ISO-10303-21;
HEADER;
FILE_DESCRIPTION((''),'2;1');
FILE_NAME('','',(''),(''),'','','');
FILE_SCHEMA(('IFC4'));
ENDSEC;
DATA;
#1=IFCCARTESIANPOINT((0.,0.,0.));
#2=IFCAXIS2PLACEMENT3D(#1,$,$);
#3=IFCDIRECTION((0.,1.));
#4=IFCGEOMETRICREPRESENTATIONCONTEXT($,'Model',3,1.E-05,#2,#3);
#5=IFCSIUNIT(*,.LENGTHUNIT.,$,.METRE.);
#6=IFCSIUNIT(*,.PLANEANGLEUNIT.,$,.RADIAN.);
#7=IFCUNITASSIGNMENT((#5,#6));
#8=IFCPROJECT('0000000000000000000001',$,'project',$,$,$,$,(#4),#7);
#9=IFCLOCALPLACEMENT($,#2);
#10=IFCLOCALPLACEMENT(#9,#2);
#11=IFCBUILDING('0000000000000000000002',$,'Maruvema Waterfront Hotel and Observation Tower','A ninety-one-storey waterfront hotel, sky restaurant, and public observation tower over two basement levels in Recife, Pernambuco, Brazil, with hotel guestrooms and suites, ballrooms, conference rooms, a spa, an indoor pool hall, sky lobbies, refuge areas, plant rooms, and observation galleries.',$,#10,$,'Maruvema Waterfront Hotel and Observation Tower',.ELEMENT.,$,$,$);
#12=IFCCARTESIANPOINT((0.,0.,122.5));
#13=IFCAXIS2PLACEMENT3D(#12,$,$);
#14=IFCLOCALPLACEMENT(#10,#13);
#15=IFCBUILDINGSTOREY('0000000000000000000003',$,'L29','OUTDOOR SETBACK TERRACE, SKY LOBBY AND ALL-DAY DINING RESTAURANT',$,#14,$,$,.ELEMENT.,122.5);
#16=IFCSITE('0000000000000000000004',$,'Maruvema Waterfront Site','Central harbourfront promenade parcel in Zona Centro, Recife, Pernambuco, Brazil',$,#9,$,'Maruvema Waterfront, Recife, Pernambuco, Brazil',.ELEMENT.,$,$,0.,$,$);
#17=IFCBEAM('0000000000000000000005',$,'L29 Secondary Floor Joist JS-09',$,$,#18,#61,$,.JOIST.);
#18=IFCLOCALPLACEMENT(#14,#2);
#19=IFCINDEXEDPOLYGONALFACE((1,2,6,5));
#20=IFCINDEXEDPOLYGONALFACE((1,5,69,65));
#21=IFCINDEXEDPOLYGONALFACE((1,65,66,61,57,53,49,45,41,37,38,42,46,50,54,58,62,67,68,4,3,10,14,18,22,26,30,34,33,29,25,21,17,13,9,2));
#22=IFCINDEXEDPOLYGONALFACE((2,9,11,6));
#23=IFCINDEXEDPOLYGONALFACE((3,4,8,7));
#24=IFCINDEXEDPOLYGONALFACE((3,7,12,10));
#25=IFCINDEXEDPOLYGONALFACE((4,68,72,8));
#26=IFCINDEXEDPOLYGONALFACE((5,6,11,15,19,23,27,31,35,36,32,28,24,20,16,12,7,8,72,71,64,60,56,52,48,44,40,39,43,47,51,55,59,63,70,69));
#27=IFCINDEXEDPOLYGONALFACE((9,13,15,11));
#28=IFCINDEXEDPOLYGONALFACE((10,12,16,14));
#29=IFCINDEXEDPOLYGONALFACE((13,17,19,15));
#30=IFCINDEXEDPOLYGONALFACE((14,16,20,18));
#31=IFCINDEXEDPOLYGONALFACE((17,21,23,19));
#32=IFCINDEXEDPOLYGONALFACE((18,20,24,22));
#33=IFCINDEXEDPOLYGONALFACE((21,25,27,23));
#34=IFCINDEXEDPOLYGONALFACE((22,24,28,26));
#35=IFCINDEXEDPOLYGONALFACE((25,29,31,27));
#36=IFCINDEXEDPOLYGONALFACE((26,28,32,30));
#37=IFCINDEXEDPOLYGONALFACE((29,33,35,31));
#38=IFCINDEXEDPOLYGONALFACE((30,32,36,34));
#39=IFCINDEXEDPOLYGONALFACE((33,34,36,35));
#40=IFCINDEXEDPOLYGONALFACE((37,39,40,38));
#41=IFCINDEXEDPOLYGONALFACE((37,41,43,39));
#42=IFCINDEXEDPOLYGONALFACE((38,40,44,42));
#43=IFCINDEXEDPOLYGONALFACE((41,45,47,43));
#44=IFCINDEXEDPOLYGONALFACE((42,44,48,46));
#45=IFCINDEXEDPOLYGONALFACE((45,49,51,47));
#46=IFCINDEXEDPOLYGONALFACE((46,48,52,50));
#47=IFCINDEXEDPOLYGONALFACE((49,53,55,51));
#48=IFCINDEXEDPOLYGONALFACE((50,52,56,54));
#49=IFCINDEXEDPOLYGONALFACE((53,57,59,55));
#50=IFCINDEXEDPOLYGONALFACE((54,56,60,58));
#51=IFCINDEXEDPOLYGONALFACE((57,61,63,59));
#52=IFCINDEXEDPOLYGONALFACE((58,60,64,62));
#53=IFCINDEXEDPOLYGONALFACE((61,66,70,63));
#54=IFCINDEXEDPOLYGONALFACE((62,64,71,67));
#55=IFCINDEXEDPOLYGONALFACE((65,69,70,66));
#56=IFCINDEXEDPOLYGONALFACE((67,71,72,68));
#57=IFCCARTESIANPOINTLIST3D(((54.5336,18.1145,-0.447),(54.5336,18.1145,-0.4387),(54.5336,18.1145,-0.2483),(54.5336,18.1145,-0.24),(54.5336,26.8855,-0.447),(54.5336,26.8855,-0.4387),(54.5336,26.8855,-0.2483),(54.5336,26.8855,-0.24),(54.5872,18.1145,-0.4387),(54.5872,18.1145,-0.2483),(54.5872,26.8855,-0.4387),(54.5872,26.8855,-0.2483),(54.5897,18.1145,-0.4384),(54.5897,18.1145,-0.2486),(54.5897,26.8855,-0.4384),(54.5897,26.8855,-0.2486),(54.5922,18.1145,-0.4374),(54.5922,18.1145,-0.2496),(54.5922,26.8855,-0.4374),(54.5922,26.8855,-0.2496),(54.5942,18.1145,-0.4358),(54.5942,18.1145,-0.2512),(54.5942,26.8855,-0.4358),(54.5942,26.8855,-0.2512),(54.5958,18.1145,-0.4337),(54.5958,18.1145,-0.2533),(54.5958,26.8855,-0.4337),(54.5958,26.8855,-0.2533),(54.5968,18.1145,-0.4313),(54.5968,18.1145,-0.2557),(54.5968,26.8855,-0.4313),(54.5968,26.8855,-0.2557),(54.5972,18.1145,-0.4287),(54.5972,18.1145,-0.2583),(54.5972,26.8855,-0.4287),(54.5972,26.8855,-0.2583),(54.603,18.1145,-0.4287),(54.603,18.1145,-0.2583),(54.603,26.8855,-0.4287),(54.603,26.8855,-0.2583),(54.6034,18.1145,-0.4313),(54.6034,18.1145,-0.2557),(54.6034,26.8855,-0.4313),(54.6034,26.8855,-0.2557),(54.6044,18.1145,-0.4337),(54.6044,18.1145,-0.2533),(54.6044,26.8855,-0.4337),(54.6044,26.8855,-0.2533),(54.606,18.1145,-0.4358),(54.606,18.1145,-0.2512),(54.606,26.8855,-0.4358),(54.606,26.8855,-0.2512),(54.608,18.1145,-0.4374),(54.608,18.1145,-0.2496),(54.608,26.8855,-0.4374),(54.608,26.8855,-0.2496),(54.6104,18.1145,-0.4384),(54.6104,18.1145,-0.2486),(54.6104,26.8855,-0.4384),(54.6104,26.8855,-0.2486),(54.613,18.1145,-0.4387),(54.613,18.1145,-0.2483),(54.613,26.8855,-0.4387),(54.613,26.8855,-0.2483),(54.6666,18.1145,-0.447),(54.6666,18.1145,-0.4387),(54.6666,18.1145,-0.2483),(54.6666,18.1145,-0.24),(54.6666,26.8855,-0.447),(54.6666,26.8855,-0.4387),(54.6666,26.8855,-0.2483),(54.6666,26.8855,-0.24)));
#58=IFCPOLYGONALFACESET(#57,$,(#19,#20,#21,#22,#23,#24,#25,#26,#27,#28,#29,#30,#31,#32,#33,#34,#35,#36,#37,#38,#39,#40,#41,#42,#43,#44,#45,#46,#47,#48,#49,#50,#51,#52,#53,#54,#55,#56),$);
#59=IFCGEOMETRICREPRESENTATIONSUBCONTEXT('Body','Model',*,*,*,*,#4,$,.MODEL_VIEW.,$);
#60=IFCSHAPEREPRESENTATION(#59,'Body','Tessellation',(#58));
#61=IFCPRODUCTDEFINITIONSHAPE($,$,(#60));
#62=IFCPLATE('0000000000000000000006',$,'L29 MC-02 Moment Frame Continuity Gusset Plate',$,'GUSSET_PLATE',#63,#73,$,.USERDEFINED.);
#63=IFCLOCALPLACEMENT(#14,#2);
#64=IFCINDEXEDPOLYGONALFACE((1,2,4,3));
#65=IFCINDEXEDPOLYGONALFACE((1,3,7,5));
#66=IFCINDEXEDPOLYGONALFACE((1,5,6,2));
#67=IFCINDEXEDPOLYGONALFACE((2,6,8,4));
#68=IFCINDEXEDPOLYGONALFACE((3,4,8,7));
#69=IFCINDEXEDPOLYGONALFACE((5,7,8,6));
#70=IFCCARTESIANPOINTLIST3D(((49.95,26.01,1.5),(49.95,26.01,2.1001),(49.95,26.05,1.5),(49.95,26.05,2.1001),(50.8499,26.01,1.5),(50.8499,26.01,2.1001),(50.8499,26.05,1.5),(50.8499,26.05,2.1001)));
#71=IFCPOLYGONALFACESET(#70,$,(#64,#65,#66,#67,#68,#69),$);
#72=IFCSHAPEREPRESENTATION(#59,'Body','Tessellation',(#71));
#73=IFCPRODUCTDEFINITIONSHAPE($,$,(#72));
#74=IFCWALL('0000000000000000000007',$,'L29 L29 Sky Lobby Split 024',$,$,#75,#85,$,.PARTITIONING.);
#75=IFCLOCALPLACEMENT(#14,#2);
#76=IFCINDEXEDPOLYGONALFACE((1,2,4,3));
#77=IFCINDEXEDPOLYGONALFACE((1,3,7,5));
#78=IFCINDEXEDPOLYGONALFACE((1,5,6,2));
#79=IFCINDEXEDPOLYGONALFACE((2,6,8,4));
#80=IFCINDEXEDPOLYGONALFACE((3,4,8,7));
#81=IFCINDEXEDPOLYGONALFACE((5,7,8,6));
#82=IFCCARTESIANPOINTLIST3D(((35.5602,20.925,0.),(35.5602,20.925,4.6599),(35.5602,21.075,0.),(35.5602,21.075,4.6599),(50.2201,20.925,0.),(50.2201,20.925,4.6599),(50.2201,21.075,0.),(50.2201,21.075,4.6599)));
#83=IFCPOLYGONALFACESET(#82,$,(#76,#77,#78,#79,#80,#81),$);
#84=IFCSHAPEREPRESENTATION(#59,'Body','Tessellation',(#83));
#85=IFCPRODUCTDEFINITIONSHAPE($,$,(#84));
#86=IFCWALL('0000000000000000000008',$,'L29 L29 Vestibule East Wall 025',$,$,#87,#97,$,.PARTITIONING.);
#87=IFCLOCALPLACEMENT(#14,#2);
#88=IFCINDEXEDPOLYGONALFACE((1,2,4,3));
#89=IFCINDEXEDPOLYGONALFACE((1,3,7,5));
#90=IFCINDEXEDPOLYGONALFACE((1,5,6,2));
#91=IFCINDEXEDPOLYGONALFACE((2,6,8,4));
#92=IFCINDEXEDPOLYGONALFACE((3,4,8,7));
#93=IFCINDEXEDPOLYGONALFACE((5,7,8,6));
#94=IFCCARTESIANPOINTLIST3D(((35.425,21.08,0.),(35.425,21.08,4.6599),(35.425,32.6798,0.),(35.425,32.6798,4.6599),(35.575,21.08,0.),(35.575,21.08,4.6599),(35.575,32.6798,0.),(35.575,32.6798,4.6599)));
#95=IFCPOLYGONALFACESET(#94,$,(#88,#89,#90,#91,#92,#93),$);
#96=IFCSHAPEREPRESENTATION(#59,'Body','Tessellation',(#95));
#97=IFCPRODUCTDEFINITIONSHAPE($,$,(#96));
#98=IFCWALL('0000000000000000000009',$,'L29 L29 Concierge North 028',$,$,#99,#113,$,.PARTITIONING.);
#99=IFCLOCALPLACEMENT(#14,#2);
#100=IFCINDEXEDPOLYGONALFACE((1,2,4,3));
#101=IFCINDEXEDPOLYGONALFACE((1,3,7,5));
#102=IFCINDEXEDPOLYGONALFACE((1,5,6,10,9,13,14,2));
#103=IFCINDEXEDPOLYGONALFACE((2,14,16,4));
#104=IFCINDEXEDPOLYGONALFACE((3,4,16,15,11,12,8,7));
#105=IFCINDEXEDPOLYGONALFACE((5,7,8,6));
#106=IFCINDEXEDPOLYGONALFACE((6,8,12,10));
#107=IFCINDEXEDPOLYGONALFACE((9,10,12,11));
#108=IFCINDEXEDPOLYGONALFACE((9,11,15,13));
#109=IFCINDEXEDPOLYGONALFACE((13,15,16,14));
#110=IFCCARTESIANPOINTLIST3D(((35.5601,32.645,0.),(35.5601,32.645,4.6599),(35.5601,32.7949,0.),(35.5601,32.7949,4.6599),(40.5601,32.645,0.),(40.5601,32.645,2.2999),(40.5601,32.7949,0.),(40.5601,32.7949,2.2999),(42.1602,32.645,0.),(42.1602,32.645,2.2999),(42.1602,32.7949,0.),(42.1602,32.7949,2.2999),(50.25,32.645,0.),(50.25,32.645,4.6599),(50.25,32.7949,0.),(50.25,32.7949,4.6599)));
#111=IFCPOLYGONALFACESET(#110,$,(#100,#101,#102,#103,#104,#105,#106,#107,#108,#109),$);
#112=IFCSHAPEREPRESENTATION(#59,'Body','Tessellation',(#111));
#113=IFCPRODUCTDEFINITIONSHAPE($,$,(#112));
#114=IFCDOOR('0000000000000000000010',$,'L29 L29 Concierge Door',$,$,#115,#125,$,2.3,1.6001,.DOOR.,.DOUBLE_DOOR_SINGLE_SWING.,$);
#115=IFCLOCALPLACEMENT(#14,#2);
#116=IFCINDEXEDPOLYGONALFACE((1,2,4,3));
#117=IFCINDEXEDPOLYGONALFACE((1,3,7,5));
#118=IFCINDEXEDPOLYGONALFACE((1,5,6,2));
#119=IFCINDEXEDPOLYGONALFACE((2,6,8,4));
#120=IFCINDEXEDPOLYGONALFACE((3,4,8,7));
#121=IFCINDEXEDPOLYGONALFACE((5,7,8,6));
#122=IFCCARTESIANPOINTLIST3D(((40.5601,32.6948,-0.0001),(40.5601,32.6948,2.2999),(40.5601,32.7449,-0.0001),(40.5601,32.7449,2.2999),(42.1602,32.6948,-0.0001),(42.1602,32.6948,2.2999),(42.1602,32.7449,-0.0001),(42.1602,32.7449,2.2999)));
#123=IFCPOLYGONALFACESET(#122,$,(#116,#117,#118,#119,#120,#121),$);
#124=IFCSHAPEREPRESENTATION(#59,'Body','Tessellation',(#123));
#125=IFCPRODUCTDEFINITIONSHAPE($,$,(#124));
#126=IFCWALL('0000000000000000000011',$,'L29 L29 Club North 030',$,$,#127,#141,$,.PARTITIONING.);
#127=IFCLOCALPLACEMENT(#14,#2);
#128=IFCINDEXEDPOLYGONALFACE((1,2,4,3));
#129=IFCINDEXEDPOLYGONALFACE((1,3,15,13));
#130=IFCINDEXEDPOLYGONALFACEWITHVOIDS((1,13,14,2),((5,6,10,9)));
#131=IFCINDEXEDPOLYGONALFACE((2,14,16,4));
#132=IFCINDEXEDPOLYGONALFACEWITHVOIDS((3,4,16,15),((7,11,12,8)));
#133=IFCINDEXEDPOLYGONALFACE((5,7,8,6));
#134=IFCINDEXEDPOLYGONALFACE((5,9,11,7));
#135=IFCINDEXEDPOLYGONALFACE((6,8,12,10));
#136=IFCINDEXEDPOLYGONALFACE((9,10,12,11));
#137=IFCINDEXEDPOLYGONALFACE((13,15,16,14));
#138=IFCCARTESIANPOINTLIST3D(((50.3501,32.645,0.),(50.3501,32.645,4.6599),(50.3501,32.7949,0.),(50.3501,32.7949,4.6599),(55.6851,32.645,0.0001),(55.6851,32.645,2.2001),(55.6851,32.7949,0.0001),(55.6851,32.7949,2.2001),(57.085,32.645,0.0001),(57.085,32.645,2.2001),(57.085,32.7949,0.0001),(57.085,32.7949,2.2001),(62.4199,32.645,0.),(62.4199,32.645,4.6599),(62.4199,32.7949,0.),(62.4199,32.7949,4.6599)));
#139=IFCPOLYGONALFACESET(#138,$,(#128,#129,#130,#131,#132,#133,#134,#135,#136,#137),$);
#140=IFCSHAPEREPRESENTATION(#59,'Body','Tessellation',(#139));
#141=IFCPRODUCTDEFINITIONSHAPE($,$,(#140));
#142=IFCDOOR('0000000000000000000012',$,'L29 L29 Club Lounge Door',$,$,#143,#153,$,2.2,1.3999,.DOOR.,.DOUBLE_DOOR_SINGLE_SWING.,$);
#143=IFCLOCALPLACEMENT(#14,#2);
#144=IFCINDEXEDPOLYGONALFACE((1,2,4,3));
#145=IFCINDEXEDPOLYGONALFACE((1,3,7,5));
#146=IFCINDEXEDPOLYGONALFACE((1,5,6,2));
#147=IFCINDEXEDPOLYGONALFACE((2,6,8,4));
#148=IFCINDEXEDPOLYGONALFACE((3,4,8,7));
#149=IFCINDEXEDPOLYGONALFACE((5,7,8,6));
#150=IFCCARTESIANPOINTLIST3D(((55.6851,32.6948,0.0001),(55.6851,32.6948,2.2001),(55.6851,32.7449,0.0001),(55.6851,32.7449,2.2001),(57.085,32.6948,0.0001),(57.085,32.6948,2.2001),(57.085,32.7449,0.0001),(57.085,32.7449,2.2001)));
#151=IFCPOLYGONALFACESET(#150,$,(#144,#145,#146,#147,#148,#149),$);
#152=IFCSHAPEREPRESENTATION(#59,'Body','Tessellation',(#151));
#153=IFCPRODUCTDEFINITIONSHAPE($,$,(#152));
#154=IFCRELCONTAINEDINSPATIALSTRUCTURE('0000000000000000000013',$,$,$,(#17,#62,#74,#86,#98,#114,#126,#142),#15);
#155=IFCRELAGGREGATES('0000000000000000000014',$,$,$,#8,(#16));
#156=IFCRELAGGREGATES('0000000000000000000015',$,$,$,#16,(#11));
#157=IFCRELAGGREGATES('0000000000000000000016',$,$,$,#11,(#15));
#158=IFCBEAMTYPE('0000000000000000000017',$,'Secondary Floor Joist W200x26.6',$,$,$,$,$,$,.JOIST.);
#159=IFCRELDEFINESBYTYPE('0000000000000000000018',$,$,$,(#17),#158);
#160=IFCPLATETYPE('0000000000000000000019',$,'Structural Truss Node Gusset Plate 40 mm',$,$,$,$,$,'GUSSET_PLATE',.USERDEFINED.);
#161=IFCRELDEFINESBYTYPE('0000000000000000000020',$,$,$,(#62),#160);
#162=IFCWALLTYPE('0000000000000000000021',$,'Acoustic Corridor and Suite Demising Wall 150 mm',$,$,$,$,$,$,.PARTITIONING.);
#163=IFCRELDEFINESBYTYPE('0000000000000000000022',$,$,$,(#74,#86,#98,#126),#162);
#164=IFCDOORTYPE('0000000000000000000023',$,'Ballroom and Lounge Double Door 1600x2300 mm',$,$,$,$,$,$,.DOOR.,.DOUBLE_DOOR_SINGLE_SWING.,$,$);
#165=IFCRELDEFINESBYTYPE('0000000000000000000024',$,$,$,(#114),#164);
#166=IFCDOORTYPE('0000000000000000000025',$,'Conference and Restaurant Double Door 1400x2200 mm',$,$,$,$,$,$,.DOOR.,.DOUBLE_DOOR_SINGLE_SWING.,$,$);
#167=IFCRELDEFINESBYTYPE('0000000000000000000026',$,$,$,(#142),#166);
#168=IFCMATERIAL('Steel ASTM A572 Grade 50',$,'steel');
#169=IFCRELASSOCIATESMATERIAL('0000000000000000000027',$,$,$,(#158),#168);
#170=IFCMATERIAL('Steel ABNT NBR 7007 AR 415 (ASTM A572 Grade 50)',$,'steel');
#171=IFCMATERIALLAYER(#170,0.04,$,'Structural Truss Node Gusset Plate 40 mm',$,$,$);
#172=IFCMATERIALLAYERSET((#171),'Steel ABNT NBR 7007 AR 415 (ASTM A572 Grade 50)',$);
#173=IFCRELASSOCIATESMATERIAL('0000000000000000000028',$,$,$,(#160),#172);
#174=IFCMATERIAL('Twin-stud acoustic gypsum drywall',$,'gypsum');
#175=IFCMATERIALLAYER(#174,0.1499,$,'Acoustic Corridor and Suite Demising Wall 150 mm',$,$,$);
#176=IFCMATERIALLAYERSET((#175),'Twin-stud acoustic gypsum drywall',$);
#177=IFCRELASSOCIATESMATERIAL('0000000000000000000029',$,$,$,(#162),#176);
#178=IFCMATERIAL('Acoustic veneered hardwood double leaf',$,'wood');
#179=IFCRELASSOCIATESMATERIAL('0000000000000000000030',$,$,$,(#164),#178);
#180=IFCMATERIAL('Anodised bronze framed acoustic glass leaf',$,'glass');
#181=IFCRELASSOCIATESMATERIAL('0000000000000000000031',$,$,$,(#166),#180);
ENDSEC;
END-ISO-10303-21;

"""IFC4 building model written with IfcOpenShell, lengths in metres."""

from ifc_helpers import new_model, si_unit, direction, frame, frame_2d, origin, origin_2d, place, context, subcontext, project, spatial, rectangle, i_section, extrude, material, layer, layer_set, material_profile, profile_set, type_object, element, fill, save


model = new_model("IFC4")

# Units and contexts
model_context = context("Model", 3, precision=1e-05, world=origin(), true_north=direction((0.0, 1.0)))
body_context = subcontext(model_context, "Body", "Model", "MODEL_VIEW")
ifc_project = project(units=[si_unit("LENGTHUNIT", "METRE"), si_unit("PLANEANGLEUNIT", "RADIAN")], contexts=[model_context])

# Site, building, storey
site_placement = place(None, origin())
site = spatial("IfcSite", under=ifc_project, at=site_placement, Name="Maruvema Waterfront Site", Description="Central harbourfront promenade parcel in Zona Centro, Recife, Pernambuco, Brazil", LongName="Maruvema Waterfront, Recife, Pernambuco, Brazil", CompositionType="ELEMENT", RefElevation=0.0)
building_placement = place(site_placement, origin())
building = spatial("IfcBuilding", under=site, at=building_placement, Name="Maruvema Waterfront Hotel and Observation Tower", Description="A ninety-one-storey waterfront hotel, sky restaurant, and public observation tower over two basement levels in Recife, Pernambuco, Brazil, with hotel guestrooms and suites, ballrooms, conference rooms, a spa, an indoor pool hall, sky lobbies, refuge areas, plant rooms, and observation galleries.", LongName="Maruvema Waterfront Hotel and Observation Tower", CompositionType="ELEMENT")
storey_placement = place(building_placement, frame((0.0, 0.0, 122.5)))
storey = spatial("IfcBuildingStorey", under=building, at=storey_placement, Name="L29", Description="OUTDOOR SETBACK TERRACE, SKY LOBBY AND ALL-DAY DINING RESTAURANT", CompositionType="ELEMENT", Elevation=122.5)

# Beam
ifc_material_1 = material(Name="Steel ASTM A572 Grade 50", Category="steel")
ifc_material_profile_1 = material_profile(ifc_material_1, i_section(OverallWidth=0.1331, OverallDepth=0.207, WebThickness=0.0059, FlangeThickness=0.0083, FilletRadius=0.01, at=origin_2d()), Name="W200x26.6")
ifc_profile_set_1 = profile_set([ifc_material_profile_1], Name="Steel ASTM A572 Grade 50")
beam_type_1 = type_object("IfcBeamType", Name="Secondary Floor Joist W200x26.6", PredefinedType="JOIST", material=ifc_profile_set_1)
beam_1_placement = place(storey_placement, frame((54.6001, 18.1145, -0.3435), z_axis=(0.0, 1.0, 0.0), x_axis=(-1.0, 0.0, 0.0)))
element("IfcBeam", 1, at=beam_1_placement, inside=storey, type_object=beam_type_1, Name="L29 Secondary Floor Joist JS-09", PredefinedType="JOIST", context=body_context, shape_type="SweptSolid", body=[
    extrude(i_section(OverallWidth=0.1331, OverallDepth=0.207, WebThickness=0.0059, FlangeThickness=0.0083, FilletRadius=0.01, at=origin_2d()), origin(), (0.0, 0.0, 1.0), 8.771),
])

# Plate
ifc_material_2 = material(Name="Steel ABNT NBR 7007 AR 415 (ASTM A572 Grade 50)", Category="steel")
ifc_layer_1 = layer(ifc_material_2, 0.04, Name="Structural Truss Node Gusset Plate 40 mm")
ifc_layer_set_1 = layer_set([ifc_layer_1], Name="Steel ABNT NBR 7007 AR 415 (ASTM A572 Grade 50)")
plate_type = type_object("IfcPlateType", Name="Structural Truss Node Gusset Plate 40 mm", ElementType="GUSSET_PLATE", PredefinedType="USERDEFINED", material=ifc_layer_set_1)
plate_placement = place(storey_placement, frame((50.3999, 26.03, 1.5), z_axis=(0.0, 0.0, 1.0), x_axis=(1.0, 0.0, 0.0)))
element("IfcPlate", 2, at=plate_placement, inside=storey, type_object=plate_type, Name="L29 MC-02 Moment Frame Continuity Gusset Plate", ObjectType="GUSSET_PLATE", PredefinedType="USERDEFINED", context=body_context, shape_type="SweptSolid", body=[
    extrude(rectangle(XDim=0.8999, YDim=0.04, at=origin_2d()), origin(), (0.0, 0.0, 1.0), 0.6001),
])

# Walls
ifc_material_3 = material(Name="Twin-stud acoustic gypsum drywall", Category="gypsum")
ifc_layer_2 = layer(ifc_material_3, 0.1499, Name="Acoustic Corridor and Suite Demising Wall 150 mm")
ifc_layer_set_2 = layer_set([ifc_layer_2], Name="Twin-stud acoustic gypsum drywall")
wall_type = type_object("IfcWallType", Name="Acoustic Corridor and Suite Demising Wall 150 mm", PredefinedType="PARTITIONING", material=ifc_layer_set_2)
wall_1_placement = place(storey_placement, frame((35.5601, 21.0, 0.0), z_axis=(0.0, 0.0, 1.0), x_axis=(1.0, 0.0, 0.0)))
element("IfcWall", 3, at=wall_1_placement, inside=storey, type_object=wall_type, Name="L29 L29 Sky Lobby Split 024", PredefinedType="PARTITIONING", context=body_context, shape_type="SweptSolid", body=[
    extrude(rectangle(XDim=14.6599, YDim=0.1499, at=frame_2d((7.3301, 0.0))), origin(), (0.0, 0.0, 1.0), 4.6599),
])
wall_2_placement = place(storey_placement, frame((35.5, 21.0801, 0.0), z_axis=(0.0, 0.0, 1.0), x_axis=(0.0, 1.0, 0.0)))
element("IfcWall", 4, at=wall_2_placement, inside=storey, type_object=wall_type, Name="L29 L29 Vestibule East Wall 025", PredefinedType="PARTITIONING", context=body_context, shape_type="SweptSolid", body=[
    extrude(rectangle(XDim=11.5999, YDim=0.1499, at=frame_2d((5.7998, 0.0))), origin(), (0.0, 0.0, 1.0), 4.6599),
])

# Walls, openings, doors
wall_3_placement = place(storey_placement, frame((35.5601, 32.72, 0.0), z_axis=(0.0, 0.0, 1.0), x_axis=(1.0, 0.0, 0.0)))
wall_3 = element("IfcWall", 5, at=wall_3_placement, inside=storey, type_object=wall_type, Name="L29 L29 Concierge North 028", PredefinedType="PARTITIONING", context=body_context, shape_type="SweptSolid", body=[
    extrude(rectangle(XDim=14.6899, YDim=0.1499, at=frame_2d((7.345, 0.0))), origin(), (0.0, 0.0, 1.0), 4.6599),
])
opening_1_placement = place(wall_3_placement, frame((5.0, 0.0, 0.0)))
opening_1 = element("IfcOpeningElement", 6, at=opening_1_placement, cuts=wall_3, PredefinedType="OPENING", context=body_context, shape_type="SweptSolid", body=[
    extrude(rectangle(XDim=1.6001, YDim=2.3, at=frame_2d((0.8, 1.1499))), frame((0.0, 0.085, 0.0), z_axis=(0.0, -1.0, 0.0), x_axis=(1.0, 0.0, 0.0)), (0.0, 0.0, 1.0), 0.1699),
])
ifc_material_4 = material(Name="Acoustic veneered hardwood double leaf", Category="wood")
door_type_1 = type_object("IfcDoorType", Name="Ballroom and Lounge Double Door 1600x2300 mm", OperationType="DOUBLE_DOOR_SINGLE_SWING", PredefinedType="DOOR", material=ifc_material_4)
door_1_placement = place(opening_1_placement, origin())
door_1 = element("IfcDoor", 7, at=door_1_placement, inside=storey, type_object=door_type_1, Name="L29 L29 Concierge Door", OperationType="DOUBLE_DOOR_SINGLE_SWING", OverallHeight=2.3, OverallWidth=1.6001, PredefinedType="DOOR", context=body_context, shape_type="SweptSolid", body=[
    extrude(rectangle(XDim=1.6001, YDim=2.3, at=frame_2d((0.8, 1.1499))), frame((0.0, 0.0249, 0.0), z_axis=(0.0, -1.0, 0.0), x_axis=(1.0, 0.0, 0.0)), (0.0, 0.0, 1.0), 0.05),
])
fill(opening_1, door_1)
wall_4_placement = place(storey_placement, frame((50.3501, 32.72, 0.0), z_axis=(0.0, 0.0, 1.0), x_axis=(1.0, 0.0, 0.0)))
wall_4 = element("IfcWall", 8, at=wall_4_placement, inside=storey, type_object=wall_type, Name="L29 L29 Club North 030", PredefinedType="PARTITIONING", context=body_context, shape_type="SweptSolid", body=[
    extrude(rectangle(XDim=12.0698, YDim=0.1499, at=frame_2d((6.0349, 0.0))), origin(), (0.0, 0.0, 1.0), 4.6599),
])
opening_2_placement = place(wall_4_placement, frame((5.335, 0.0, 0.0)))
opening_2 = element("IfcOpeningElement", 9, at=opening_2_placement, cuts=wall_4, PredefinedType="OPENING", context=body_context, shape_type="SweptSolid", body=[
    extrude(rectangle(XDim=1.3999, YDim=2.2, at=frame_2d((0.7, 1.1001))), frame((0.0, 0.085, 0.0), z_axis=(0.0, -1.0, 0.0), x_axis=(1.0, 0.0, 0.0)), (0.0, 0.0, 1.0), 0.1699),
])
ifc_material_5 = material(Name="Anodised bronze framed acoustic glass leaf", Category="glass")
door_type_2 = type_object("IfcDoorType", Name="Conference and Restaurant Double Door 1400x2200 mm", OperationType="DOUBLE_DOOR_SINGLE_SWING", PredefinedType="DOOR", material=ifc_material_5)
door_2_placement = place(opening_2_placement, origin())
door_2 = element("IfcDoor", 10, at=door_2_placement, inside=storey, type_object=door_type_2, Name="L29 L29 Club Lounge Door", OperationType="DOUBLE_DOOR_SINGLE_SWING", OverallHeight=2.2, OverallWidth=1.3999, PredefinedType="DOOR", context=body_context, shape_type="SweptSolid", body=[
    extrude(rectangle(XDim=1.3999, YDim=2.2, at=frame_2d((0.7, 1.1001))), frame((0.0, 0.0249, 0.0), z_axis=(0.0, -1.0, 0.0), x_axis=(1.0, 0.0, 0.0)), (0.0, 0.0, 1.0), 0.05),
])
fill(opening_2, door_2)

save(model, "model.ifc")
